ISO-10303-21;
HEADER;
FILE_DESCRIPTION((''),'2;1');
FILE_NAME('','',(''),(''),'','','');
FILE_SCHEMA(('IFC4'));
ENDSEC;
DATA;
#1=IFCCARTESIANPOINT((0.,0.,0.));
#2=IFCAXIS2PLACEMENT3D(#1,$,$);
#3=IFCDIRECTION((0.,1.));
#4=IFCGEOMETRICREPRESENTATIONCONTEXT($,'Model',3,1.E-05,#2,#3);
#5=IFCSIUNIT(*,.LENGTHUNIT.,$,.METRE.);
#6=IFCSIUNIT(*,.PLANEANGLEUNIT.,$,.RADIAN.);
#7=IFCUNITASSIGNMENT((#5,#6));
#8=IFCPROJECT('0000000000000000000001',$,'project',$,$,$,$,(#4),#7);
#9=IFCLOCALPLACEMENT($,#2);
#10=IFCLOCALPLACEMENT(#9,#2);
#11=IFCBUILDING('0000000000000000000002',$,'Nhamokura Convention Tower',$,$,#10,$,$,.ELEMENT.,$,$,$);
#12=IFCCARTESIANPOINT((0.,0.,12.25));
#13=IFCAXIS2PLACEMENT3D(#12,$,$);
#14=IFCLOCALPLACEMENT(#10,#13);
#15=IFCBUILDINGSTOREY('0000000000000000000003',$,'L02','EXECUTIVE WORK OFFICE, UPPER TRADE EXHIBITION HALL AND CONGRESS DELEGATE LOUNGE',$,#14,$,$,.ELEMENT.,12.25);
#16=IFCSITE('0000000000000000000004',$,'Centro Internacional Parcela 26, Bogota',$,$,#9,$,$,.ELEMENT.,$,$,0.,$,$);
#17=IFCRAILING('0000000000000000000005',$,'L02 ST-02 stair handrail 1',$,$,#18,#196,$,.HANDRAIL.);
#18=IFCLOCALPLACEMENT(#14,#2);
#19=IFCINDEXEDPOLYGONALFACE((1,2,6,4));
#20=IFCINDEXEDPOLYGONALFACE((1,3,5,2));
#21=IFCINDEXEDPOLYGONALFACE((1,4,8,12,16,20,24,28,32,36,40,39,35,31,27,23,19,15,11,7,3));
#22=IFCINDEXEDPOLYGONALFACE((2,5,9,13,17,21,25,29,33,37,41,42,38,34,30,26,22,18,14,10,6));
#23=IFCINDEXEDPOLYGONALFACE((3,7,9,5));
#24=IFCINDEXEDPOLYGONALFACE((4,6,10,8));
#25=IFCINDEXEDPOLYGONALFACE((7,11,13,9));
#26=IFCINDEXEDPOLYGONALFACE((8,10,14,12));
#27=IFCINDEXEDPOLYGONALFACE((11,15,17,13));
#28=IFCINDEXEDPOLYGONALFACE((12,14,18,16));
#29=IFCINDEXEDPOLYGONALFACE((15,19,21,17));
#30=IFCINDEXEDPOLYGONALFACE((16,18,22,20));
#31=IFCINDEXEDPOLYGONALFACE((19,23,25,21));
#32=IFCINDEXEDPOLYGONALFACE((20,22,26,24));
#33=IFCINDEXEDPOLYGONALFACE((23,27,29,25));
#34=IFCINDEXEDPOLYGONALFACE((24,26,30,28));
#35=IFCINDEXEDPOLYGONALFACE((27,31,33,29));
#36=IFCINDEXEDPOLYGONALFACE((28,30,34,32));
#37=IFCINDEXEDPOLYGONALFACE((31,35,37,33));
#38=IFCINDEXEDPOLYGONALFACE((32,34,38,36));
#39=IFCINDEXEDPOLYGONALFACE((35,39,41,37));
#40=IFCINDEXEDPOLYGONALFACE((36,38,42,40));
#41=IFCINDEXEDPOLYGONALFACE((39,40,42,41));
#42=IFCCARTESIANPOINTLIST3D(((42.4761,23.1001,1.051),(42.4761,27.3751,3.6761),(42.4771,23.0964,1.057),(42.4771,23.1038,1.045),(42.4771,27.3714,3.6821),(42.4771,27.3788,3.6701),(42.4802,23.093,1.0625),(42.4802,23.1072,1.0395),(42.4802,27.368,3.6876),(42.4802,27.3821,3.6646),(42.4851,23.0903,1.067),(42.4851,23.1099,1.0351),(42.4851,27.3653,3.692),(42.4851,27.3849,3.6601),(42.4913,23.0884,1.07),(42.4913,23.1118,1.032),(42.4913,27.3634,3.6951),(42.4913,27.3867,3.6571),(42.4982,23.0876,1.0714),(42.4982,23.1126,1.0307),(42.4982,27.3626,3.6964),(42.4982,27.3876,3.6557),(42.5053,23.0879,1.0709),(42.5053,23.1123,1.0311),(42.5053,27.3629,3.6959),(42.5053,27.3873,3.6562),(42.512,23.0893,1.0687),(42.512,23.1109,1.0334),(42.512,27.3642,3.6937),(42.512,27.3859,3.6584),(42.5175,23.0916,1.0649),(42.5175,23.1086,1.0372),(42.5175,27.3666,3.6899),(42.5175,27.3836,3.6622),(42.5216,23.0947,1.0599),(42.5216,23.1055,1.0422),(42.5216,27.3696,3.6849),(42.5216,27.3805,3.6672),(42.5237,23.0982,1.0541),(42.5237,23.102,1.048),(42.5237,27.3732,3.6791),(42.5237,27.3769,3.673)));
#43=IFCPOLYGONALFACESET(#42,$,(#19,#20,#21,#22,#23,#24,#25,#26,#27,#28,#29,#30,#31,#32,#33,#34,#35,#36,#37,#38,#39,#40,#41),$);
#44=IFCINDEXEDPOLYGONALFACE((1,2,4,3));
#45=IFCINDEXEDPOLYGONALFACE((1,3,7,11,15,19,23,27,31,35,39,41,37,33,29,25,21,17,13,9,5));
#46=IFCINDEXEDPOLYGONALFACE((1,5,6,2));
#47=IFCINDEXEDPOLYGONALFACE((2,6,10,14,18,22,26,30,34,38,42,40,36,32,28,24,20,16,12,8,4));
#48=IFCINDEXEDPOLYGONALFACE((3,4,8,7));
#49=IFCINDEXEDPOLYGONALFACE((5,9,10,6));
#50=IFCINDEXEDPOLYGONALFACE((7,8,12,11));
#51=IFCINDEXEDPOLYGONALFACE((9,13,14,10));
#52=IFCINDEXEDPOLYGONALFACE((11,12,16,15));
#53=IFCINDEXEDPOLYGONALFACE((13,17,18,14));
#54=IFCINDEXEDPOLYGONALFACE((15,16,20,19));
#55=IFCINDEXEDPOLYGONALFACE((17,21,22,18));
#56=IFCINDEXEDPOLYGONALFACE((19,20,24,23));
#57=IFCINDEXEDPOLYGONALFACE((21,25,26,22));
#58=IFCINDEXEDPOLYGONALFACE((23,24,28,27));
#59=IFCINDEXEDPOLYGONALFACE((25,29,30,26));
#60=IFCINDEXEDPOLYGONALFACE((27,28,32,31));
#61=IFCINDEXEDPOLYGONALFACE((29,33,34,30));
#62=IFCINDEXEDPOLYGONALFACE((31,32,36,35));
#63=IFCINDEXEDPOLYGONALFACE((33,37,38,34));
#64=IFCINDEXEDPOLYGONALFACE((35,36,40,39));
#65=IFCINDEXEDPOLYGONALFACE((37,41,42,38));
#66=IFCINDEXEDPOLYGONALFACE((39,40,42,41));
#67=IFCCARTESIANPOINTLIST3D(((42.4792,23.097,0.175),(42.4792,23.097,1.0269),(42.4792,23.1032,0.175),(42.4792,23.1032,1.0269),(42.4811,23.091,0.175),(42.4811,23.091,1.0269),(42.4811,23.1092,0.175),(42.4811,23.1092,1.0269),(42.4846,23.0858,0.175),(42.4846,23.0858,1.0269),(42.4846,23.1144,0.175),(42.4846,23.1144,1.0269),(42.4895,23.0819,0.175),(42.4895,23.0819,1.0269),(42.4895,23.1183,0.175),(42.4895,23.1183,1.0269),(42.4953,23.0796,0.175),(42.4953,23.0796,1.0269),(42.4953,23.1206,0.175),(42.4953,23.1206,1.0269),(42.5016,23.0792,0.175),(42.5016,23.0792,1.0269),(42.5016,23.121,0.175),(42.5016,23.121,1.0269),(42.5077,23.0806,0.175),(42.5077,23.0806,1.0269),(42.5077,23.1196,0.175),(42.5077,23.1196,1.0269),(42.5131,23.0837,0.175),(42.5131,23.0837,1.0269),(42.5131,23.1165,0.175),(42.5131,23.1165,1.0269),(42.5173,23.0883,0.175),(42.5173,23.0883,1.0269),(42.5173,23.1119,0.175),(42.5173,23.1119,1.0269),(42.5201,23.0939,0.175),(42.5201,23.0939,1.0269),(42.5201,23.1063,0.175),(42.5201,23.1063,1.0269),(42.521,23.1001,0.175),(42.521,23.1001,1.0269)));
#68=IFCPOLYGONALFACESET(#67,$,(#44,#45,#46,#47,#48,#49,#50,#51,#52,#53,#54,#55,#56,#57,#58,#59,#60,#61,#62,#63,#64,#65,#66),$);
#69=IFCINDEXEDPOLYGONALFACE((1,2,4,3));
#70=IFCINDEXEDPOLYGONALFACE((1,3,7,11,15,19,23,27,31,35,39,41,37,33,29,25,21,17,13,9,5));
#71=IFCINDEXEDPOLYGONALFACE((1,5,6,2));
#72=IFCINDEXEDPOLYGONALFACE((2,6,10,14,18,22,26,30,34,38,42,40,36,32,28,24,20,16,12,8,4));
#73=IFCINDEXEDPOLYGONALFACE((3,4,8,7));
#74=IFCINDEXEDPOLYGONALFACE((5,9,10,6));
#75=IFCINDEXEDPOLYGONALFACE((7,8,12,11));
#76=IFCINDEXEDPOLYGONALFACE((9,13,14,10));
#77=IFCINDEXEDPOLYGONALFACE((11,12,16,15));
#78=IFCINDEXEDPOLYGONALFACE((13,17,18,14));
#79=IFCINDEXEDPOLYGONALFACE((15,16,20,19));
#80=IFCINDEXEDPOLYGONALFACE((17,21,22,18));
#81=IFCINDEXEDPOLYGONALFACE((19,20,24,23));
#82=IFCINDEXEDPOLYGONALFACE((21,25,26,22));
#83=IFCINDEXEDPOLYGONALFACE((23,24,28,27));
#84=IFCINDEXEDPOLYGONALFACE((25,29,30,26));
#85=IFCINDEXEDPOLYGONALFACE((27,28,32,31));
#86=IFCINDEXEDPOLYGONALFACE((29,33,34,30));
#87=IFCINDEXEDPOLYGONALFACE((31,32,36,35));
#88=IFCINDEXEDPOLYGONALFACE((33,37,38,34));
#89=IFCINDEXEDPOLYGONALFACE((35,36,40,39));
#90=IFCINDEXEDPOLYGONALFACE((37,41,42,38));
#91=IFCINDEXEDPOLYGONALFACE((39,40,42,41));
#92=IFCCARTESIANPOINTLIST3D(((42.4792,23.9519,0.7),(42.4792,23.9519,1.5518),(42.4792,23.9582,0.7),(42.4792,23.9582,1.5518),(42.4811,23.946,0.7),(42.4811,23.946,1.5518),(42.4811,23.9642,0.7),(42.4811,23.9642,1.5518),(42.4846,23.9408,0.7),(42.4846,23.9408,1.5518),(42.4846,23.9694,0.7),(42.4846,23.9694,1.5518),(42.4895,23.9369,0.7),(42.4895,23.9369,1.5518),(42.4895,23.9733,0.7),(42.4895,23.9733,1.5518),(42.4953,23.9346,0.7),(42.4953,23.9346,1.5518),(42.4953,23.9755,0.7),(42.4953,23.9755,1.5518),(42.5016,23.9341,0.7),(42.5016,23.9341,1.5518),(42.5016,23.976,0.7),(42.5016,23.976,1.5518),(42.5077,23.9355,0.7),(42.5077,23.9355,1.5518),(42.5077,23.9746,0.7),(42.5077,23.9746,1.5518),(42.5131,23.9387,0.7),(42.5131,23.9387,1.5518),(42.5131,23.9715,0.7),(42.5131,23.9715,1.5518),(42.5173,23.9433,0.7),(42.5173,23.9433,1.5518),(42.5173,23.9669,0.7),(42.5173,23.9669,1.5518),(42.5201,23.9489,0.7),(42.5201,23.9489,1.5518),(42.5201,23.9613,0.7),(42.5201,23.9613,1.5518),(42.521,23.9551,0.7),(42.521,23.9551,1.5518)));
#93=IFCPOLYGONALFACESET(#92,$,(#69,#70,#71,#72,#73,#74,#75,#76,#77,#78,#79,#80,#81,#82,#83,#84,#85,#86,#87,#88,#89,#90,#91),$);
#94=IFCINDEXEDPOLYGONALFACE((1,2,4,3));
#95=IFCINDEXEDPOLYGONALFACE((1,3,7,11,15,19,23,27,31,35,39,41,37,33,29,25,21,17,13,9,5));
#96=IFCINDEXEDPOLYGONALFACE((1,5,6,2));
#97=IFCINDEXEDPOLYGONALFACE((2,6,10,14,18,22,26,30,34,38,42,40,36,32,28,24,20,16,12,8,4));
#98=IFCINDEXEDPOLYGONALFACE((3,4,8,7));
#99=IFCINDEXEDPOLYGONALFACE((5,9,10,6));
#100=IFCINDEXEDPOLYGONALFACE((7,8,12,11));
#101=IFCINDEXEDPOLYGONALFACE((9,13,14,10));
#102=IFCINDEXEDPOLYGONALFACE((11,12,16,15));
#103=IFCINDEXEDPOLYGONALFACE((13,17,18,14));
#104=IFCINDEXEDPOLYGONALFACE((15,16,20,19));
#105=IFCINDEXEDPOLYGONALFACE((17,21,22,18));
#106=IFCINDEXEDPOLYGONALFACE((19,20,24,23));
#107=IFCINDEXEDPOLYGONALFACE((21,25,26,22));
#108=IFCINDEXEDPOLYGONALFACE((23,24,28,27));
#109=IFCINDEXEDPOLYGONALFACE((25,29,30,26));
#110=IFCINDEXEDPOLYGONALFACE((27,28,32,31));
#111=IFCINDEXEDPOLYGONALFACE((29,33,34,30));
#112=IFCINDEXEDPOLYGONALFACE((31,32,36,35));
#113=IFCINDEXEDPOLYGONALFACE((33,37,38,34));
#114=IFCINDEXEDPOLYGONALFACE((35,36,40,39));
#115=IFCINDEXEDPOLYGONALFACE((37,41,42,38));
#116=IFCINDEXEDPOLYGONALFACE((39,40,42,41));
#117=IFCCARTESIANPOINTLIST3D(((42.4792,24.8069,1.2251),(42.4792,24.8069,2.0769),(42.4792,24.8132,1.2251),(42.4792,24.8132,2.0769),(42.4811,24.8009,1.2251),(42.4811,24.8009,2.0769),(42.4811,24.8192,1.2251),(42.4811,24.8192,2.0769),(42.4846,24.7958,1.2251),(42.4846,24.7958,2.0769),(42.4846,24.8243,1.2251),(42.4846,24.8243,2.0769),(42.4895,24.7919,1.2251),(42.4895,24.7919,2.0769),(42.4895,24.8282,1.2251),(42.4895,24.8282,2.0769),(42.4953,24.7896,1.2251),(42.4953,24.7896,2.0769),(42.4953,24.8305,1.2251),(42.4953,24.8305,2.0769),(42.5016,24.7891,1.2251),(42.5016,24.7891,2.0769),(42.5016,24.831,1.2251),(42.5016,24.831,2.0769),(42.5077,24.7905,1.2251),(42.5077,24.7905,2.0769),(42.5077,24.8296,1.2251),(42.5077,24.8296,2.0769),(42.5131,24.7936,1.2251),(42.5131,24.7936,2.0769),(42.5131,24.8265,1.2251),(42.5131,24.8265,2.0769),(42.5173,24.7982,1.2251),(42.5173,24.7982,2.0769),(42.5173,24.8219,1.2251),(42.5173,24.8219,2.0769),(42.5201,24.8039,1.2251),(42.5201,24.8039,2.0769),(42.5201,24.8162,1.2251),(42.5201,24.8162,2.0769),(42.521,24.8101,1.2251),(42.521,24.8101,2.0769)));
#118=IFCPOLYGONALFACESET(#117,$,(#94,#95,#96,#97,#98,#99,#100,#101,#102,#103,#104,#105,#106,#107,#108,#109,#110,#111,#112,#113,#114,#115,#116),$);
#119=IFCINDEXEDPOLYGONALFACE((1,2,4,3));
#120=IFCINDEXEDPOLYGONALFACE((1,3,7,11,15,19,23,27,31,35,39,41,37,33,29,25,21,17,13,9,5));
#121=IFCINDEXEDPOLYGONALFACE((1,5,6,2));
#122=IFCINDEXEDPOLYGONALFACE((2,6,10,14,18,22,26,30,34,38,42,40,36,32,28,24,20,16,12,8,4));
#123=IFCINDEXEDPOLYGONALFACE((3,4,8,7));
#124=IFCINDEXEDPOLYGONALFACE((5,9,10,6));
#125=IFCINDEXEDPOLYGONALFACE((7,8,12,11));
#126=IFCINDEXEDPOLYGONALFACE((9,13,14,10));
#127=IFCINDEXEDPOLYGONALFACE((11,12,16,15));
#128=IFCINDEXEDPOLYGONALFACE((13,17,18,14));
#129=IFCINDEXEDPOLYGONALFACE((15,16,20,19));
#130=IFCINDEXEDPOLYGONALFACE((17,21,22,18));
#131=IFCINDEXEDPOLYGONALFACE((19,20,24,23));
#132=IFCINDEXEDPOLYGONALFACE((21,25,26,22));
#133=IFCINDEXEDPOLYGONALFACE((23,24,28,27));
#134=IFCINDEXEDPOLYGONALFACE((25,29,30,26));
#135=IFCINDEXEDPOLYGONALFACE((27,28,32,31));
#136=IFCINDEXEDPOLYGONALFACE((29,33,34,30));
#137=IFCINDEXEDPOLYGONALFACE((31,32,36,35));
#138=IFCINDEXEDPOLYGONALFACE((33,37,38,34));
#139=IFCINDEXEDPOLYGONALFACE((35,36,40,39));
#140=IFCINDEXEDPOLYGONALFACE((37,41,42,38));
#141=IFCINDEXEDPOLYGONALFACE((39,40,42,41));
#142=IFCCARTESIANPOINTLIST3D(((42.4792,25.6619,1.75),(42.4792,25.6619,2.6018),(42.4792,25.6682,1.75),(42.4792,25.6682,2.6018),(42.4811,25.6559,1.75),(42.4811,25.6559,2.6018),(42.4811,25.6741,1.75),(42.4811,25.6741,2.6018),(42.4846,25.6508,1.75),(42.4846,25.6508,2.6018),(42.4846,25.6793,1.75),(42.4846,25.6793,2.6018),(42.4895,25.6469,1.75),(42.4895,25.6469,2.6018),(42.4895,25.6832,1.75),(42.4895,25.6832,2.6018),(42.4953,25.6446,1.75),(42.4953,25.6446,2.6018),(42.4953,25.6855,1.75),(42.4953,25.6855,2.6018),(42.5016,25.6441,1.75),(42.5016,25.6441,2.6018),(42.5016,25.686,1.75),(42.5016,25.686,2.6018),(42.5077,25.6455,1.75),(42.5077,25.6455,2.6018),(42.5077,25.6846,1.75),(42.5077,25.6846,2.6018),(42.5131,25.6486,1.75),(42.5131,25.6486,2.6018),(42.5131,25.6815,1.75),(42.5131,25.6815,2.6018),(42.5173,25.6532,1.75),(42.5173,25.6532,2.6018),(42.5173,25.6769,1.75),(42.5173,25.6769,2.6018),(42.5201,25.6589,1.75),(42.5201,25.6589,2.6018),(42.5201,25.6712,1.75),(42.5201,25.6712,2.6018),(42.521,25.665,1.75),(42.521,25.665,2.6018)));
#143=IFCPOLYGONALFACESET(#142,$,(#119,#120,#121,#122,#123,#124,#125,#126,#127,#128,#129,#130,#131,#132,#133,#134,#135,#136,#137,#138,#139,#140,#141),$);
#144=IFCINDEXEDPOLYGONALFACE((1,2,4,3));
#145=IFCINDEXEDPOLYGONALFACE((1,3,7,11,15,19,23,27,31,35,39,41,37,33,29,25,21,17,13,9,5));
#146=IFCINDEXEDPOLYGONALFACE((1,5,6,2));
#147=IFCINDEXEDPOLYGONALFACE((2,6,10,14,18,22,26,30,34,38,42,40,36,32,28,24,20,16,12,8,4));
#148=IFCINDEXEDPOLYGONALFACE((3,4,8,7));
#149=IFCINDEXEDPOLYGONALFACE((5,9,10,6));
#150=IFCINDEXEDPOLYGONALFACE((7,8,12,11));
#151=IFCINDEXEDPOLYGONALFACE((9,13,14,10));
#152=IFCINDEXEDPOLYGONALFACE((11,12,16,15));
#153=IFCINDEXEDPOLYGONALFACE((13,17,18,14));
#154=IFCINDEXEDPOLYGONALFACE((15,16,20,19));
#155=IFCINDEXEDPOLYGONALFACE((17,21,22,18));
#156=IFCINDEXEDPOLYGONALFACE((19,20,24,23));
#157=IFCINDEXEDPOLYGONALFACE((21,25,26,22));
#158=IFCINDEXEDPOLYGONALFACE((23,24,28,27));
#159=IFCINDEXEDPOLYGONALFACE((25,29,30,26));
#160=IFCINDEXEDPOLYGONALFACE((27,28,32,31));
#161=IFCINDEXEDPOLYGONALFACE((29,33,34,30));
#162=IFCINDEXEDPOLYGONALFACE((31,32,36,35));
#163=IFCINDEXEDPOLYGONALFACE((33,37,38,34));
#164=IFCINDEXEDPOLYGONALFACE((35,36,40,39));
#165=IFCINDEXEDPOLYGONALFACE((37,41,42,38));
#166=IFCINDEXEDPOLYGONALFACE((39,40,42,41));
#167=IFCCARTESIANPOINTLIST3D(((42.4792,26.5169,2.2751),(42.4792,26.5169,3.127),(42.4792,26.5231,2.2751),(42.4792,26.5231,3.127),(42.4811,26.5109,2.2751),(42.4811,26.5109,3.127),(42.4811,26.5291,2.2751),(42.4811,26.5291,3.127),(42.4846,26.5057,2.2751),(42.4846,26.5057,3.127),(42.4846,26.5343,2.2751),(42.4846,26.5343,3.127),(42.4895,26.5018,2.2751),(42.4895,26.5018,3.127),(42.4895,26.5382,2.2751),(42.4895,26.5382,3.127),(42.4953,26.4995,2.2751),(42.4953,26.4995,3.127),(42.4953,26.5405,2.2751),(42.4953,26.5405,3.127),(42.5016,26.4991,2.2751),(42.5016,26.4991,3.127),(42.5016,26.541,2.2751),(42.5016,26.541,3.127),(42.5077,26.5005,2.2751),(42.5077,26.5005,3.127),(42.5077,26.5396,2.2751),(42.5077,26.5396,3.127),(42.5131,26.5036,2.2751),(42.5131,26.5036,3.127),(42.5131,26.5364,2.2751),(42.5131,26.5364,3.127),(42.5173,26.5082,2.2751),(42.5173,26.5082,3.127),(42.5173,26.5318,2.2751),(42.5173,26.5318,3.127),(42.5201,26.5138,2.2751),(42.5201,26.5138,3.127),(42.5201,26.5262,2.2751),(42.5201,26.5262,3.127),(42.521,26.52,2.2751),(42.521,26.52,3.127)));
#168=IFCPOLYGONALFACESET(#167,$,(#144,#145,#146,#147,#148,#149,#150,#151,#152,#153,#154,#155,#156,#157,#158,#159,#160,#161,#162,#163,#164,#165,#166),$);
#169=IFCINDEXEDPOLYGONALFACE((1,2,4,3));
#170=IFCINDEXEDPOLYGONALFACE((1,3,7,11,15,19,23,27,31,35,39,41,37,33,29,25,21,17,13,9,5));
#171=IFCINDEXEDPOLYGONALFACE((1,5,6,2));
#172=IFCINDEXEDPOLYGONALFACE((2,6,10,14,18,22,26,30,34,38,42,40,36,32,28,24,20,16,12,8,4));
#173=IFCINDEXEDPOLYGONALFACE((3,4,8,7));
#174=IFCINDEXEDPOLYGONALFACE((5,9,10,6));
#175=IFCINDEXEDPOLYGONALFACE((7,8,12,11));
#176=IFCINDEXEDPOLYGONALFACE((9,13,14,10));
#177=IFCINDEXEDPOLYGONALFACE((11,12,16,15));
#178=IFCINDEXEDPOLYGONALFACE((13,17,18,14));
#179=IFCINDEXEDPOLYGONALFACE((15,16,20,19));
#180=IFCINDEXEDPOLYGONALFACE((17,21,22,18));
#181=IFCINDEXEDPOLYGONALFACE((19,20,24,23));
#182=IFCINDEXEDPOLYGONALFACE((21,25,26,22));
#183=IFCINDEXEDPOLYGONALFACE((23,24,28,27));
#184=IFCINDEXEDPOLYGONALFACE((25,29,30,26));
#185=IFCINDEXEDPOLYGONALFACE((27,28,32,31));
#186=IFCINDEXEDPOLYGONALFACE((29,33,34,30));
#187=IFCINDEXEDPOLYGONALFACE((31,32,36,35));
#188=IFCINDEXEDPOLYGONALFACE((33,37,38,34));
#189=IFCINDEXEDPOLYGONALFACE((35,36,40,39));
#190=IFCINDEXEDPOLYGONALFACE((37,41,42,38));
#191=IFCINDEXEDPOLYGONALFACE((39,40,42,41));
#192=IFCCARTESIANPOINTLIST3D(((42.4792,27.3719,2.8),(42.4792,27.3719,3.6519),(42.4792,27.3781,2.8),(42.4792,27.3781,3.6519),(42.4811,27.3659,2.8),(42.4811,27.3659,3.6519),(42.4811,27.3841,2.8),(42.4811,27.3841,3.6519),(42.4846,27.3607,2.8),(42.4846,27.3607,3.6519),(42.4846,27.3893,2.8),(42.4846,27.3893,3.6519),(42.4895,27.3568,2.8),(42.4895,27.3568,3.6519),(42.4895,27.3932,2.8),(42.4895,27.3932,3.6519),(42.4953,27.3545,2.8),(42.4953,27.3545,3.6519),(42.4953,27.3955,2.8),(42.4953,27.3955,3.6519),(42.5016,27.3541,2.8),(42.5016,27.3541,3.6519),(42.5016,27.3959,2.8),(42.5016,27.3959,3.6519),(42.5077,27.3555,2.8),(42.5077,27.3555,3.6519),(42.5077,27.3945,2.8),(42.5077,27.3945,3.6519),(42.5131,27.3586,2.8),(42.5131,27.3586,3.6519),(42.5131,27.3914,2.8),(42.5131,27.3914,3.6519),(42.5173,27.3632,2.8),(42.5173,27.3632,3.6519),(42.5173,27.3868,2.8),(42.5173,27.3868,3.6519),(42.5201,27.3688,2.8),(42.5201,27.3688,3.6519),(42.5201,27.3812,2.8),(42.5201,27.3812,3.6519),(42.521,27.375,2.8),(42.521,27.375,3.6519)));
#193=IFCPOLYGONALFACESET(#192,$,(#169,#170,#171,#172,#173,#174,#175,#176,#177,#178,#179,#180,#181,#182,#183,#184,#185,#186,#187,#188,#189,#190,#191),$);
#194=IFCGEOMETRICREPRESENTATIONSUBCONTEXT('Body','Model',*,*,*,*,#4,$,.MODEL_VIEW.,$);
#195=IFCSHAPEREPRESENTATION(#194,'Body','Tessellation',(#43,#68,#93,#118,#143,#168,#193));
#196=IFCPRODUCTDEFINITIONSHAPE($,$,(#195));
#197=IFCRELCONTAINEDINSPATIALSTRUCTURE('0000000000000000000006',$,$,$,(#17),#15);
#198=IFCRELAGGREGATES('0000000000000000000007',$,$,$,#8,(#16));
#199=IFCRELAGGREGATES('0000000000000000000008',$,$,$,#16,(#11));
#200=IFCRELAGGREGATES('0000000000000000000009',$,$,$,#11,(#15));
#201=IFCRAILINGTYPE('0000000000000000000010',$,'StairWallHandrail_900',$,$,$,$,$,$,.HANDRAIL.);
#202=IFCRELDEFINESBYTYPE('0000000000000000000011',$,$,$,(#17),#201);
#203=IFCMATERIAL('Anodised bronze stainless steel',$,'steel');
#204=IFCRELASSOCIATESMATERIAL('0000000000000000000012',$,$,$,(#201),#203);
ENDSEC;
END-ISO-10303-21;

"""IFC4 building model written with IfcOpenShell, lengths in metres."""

from ifc_helpers import new_model, si_unit, direction, frame, origin, origin_2d, place, context, subcontext, project, spatial, circle, extrude, material, type_object, element, save


model = new_model("IFC4")

# Units and contexts
model_context = context("Model", 3, precision=1e-05, world=origin(), true_north=direction((0.0, 1.0)))
body_context = subcontext(model_context, "Body", "Model", "MODEL_VIEW")
ifc_project = project(units=[si_unit("LENGTHUNIT", "METRE"), si_unit("PLANEANGLEUNIT", "RADIAN")], contexts=[model_context])

# Site, building, storey
site_placement = place(None, origin())
site = spatial("IfcSite", under=ifc_project, at=site_placement, Name="Centro Internacional Parcela 26, Bogota", CompositionType="ELEMENT", RefElevation=0.0)
building_placement = place(site_placement, origin())
building = spatial("IfcBuilding", under=site, at=building_placement, Name="Nhamokura Convention Tower", CompositionType="ELEMENT")
storey_placement = place(building_placement, frame((0.0, 0.0, 12.25)))
storey = spatial("IfcBuildingStorey", under=building, at=storey_placement, Name="L02", Description="EXECUTIVE WORK OFFICE, UPPER TRADE EXHIBITION HALL AND CONGRESS DELEGATE LOUNGE", CompositionType="ELEMENT", Elevation=12.25)

# Railing
ifc_material_1 = material(Name="Anodised bronze stainless steel", Category="steel")
railing_type_1 = type_object("IfcRailingType", Name="StairWallHandrail_900", PredefinedType="HANDRAIL", material=ifc_material_1)
railing_1_placement = place(storey_placement, frame((42.5, 23.1001, 0.175)))
element("IfcRailing", 1, at=railing_1_placement, inside=storey, type_object=railing_type_1, Name="L02 ST-02 stair handrail 1", PredefinedType="HANDRAIL", context=body_context, shape_type="SweptSolid", body=[
    extrude(circle(Radius=0.0239, at=origin_2d()), frame((0.0, 0.0, 0.876), z_axis=(0.0, 0.852166, 0.523272), x_axis=(-1.0, 0.0, 0.0)), (0.0, 0.0, 1.0), 5.0166),
    extrude(circle(Radius=0.021, at=origin_2d()), origin(), (0.0, 0.0, 1.0), 0.8518),
    extrude(circle(Radius=0.021, at=origin_2d()), frame((0.0, 0.855, 0.5249)), (0.0, 0.0, 1.0), 0.8518),
    extrude(circle(Radius=0.021, at=origin_2d()), frame((0.0, 1.71, 1.05)), (0.0, 0.0, 1.0), 0.8518),
    extrude(circle(Radius=0.021, at=origin_2d()), frame((0.0, 2.5649, 1.575)), (0.0, 0.0, 1.0), 0.8518),
    extrude(circle(Radius=0.021, at=origin_2d()), frame((0.0, 3.4199, 2.1001)), (0.0, 0.0, 1.0), 0.8518),
    extrude(circle(Radius=0.021, at=origin_2d()), frame((0.0, 4.2749, 2.625)), (0.0, 0.0, 1.0), 0.8518),
])

save(model, "model.ifc")
